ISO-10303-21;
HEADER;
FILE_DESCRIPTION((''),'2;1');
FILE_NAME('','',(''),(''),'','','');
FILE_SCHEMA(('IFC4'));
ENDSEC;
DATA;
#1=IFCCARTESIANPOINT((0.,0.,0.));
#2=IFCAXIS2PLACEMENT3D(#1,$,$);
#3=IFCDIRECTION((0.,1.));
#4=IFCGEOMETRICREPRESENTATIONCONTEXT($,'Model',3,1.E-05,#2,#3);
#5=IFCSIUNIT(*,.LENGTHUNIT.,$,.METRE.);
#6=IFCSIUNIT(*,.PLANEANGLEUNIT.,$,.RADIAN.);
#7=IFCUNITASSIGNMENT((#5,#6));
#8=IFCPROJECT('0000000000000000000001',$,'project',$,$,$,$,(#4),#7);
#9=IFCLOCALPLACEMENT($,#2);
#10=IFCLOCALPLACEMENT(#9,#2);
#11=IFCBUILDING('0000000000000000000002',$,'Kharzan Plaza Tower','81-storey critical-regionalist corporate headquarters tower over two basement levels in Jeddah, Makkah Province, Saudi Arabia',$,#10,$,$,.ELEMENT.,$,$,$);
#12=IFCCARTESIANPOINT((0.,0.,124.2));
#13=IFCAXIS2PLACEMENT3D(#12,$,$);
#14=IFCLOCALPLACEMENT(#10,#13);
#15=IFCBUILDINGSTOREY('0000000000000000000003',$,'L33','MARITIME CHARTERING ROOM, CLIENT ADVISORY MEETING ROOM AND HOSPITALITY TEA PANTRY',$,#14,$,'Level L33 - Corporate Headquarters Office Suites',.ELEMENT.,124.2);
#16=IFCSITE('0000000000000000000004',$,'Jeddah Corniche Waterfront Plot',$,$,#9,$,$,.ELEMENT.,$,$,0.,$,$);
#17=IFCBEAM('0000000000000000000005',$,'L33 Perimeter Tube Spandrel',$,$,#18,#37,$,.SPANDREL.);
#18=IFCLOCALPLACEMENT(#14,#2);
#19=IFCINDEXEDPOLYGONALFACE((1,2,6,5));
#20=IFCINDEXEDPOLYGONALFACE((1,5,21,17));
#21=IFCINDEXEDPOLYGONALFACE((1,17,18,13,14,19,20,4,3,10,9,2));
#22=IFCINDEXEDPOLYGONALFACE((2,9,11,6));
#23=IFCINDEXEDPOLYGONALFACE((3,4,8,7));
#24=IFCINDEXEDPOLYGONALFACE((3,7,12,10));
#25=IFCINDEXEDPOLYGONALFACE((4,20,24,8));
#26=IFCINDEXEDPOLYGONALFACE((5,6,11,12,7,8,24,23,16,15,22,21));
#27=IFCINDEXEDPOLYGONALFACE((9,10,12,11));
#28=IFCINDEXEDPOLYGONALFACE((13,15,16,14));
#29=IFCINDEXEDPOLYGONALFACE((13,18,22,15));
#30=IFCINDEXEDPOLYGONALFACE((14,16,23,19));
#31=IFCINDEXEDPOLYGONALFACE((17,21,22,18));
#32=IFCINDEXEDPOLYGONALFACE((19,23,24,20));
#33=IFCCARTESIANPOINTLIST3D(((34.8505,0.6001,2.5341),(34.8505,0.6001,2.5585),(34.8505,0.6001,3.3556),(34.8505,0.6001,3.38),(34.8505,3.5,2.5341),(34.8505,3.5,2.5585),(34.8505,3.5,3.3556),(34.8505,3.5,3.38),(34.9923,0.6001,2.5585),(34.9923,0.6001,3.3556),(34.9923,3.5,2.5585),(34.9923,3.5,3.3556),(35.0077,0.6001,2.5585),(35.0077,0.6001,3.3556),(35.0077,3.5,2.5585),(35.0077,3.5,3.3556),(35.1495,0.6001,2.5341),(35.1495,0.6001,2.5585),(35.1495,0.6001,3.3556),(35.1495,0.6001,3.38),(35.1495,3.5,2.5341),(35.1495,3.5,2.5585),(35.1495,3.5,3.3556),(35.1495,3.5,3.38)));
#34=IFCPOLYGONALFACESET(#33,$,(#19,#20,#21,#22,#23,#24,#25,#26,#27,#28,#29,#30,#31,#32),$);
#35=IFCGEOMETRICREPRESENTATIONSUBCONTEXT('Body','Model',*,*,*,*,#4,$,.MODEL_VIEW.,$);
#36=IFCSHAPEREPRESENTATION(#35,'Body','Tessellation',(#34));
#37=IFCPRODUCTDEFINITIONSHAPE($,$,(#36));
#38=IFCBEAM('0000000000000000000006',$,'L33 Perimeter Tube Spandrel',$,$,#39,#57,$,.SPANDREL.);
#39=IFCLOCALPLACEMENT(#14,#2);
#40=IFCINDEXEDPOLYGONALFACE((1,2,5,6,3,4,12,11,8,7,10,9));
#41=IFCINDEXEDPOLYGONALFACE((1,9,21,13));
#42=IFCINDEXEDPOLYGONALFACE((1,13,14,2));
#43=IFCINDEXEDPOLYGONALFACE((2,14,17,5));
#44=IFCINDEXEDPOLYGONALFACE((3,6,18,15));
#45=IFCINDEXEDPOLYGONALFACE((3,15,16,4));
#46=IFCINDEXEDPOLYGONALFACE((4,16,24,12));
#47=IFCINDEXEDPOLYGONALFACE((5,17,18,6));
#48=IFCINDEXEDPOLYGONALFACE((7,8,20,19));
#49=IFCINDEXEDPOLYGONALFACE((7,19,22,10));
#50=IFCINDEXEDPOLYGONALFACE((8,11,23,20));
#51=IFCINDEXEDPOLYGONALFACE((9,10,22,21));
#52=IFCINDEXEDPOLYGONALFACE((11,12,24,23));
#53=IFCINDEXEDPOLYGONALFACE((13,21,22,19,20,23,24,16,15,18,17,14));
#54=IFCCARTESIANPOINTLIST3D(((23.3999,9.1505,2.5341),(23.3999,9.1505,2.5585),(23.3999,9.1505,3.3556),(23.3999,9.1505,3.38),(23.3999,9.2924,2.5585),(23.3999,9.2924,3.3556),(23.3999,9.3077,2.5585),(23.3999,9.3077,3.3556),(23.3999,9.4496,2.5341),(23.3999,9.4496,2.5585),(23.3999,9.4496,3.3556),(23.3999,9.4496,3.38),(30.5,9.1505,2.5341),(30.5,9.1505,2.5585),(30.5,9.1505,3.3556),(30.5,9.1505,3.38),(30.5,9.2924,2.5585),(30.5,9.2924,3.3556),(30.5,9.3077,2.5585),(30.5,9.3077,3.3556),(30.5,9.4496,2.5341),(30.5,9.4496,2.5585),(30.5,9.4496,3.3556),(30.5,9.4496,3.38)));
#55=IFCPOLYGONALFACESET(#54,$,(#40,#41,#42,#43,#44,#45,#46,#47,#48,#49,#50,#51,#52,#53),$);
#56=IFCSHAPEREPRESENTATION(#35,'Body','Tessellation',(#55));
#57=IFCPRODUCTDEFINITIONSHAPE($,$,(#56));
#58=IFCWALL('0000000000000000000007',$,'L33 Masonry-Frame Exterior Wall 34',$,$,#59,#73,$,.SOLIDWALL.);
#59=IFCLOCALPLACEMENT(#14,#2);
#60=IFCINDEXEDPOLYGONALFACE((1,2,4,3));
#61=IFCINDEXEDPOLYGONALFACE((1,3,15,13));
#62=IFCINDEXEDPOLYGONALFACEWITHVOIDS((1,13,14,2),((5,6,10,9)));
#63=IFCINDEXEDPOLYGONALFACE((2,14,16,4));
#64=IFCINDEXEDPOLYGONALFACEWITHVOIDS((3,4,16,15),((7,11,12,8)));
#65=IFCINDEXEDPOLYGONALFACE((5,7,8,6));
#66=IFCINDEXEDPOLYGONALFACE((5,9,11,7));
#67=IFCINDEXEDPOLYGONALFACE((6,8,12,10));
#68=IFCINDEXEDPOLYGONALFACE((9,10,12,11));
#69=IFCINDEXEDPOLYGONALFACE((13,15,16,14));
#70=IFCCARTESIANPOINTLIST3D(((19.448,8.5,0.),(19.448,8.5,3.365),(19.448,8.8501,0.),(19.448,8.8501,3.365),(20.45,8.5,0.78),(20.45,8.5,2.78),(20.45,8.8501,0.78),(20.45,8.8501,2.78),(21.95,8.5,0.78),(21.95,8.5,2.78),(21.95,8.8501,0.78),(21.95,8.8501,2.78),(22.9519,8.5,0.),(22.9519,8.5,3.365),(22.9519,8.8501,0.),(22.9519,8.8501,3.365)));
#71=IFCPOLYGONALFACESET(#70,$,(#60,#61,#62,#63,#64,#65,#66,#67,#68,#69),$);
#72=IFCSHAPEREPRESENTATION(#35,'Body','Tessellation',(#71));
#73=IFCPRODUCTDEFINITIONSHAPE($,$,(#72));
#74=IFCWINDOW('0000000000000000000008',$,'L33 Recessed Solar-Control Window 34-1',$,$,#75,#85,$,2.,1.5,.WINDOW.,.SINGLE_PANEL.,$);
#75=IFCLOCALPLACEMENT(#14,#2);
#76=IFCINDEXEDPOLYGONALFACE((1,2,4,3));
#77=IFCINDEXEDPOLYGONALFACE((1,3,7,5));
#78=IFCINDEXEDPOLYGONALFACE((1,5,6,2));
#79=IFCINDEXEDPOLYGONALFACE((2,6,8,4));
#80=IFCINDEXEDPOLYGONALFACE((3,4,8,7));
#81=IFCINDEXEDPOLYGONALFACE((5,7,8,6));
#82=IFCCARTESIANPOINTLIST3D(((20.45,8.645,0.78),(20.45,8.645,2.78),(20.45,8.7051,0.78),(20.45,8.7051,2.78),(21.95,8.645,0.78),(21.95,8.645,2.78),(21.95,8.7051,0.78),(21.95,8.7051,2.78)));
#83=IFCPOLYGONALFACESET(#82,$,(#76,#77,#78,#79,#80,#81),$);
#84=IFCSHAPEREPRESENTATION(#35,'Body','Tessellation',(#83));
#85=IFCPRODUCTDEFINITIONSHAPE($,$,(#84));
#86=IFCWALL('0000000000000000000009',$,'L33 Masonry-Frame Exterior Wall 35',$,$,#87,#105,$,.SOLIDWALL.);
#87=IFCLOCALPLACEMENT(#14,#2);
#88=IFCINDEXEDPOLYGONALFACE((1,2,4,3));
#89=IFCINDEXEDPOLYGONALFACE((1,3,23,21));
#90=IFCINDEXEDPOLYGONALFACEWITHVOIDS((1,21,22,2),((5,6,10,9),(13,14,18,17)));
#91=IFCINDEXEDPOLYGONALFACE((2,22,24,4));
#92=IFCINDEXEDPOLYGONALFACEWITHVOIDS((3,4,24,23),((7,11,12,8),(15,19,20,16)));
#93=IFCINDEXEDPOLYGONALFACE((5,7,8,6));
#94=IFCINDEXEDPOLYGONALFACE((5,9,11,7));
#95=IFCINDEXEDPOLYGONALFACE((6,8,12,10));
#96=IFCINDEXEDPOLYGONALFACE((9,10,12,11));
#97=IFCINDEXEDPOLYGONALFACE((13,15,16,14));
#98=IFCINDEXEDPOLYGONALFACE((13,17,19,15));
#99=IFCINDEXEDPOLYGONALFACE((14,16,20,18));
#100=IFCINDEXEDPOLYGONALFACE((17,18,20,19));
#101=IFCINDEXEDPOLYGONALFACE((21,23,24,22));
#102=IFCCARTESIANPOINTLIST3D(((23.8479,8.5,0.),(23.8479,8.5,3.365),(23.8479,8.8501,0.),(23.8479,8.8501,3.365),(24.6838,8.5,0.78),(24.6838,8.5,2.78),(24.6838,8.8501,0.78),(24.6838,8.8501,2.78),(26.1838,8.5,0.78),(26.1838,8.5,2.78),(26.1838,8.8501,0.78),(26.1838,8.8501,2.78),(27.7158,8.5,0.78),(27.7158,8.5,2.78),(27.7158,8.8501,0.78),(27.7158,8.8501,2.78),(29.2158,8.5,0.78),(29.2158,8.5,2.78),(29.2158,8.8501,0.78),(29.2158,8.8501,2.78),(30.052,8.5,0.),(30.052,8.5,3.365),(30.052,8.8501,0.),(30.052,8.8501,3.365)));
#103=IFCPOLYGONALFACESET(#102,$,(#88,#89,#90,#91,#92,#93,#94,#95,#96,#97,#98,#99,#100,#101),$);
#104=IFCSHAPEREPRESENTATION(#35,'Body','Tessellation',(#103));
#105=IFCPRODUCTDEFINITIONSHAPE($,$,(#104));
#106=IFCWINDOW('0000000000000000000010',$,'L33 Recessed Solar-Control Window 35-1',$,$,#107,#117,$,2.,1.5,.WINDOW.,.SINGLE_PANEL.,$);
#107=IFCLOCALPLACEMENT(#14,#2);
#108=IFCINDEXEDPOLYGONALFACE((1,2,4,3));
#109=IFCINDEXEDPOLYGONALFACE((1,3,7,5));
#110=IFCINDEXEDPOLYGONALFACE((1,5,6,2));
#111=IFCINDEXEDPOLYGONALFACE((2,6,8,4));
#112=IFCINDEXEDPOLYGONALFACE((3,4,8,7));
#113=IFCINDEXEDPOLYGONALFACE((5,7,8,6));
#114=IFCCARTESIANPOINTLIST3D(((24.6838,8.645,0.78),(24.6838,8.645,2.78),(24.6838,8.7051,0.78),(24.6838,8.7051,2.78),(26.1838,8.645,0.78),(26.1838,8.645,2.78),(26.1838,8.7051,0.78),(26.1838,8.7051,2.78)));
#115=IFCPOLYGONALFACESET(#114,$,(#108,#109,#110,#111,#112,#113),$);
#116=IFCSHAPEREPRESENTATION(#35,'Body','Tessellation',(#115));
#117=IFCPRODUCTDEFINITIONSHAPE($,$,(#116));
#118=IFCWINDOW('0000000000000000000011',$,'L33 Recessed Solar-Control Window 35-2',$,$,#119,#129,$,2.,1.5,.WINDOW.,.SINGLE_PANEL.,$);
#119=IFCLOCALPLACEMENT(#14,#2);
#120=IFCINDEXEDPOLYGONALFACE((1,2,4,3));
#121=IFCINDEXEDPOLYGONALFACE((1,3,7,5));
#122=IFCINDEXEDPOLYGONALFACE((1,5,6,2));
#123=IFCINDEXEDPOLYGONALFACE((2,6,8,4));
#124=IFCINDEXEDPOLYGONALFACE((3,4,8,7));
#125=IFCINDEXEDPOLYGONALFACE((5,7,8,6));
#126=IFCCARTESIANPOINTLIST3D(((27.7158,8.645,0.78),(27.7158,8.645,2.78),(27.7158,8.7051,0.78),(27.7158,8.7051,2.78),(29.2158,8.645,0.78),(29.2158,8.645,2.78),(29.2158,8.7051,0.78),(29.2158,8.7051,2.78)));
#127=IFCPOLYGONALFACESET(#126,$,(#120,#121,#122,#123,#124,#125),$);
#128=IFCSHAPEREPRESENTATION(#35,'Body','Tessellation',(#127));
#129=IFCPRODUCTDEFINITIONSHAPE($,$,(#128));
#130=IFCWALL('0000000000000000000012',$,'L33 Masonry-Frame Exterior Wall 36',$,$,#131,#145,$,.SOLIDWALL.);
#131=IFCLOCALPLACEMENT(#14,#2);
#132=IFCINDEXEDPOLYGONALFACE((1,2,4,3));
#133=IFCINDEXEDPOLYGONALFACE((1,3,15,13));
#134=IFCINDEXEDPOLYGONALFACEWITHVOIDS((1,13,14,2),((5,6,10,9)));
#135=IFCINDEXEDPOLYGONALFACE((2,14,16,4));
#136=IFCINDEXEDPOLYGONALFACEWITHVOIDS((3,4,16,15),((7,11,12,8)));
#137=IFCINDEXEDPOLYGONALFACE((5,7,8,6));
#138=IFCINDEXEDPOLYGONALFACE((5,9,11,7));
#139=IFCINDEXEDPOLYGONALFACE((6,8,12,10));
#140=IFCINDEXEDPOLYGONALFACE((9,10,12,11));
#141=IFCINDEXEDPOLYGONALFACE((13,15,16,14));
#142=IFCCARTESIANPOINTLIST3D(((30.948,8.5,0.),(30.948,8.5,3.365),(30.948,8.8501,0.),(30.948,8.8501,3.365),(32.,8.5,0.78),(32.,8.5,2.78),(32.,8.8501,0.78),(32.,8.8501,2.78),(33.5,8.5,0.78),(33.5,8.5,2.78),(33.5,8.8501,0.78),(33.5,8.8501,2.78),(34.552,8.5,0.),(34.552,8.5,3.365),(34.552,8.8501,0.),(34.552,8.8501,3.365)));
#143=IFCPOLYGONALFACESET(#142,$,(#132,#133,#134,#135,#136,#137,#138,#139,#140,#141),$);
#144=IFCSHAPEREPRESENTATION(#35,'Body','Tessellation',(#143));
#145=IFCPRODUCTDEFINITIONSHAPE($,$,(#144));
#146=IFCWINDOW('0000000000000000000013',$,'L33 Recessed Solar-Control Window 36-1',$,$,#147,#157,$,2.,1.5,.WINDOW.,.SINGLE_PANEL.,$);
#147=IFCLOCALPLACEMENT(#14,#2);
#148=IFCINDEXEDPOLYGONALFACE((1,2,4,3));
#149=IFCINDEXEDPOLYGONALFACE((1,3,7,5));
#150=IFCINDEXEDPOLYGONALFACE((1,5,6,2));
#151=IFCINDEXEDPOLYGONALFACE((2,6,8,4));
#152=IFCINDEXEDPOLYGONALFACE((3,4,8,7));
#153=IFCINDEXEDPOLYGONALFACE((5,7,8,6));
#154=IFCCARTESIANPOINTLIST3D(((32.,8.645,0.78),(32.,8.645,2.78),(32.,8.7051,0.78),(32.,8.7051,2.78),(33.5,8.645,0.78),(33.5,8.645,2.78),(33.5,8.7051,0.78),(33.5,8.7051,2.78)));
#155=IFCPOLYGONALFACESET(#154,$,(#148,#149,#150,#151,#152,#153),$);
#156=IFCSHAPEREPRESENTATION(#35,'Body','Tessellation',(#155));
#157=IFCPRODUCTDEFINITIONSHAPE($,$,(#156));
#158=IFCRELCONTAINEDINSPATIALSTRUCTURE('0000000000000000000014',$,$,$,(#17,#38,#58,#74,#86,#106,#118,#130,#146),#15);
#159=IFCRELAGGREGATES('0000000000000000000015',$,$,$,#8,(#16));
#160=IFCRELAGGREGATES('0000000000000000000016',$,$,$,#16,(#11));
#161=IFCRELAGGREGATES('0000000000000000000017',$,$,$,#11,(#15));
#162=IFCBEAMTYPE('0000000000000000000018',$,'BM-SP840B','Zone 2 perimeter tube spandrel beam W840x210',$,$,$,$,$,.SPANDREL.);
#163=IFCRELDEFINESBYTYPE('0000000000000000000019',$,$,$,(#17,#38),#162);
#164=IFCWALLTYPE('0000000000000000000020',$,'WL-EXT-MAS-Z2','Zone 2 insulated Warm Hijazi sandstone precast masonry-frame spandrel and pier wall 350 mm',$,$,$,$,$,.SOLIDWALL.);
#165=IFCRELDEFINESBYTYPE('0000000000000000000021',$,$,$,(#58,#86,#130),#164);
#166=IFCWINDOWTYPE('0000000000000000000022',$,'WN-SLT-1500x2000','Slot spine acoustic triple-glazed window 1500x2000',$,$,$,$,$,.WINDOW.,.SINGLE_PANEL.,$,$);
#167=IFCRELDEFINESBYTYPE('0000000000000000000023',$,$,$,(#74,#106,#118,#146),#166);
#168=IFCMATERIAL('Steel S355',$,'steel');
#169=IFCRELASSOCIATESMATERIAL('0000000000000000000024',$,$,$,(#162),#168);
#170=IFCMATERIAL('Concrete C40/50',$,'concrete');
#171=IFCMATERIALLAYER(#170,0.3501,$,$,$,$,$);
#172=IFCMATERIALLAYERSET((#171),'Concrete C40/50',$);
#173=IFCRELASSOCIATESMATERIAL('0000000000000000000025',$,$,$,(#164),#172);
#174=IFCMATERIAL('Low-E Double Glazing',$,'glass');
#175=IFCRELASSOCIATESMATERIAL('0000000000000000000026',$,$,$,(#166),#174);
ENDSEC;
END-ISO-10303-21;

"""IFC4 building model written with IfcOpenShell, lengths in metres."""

from ifc_helpers import new_model, si_unit, direction, frame, frame_2d, origin, origin_2d, place, context, subcontext, project, spatial, rectangle, i_section, extrude, source, transform, mapped, material, layer, layer_set, material_profile, profile_set, type_object, element, fill, save


model = new_model("IFC4")

# Units and contexts
model_context = context("Model", 3, precision=1e-05, world=origin(), true_north=direction((0.0, 1.0)))
body_context = subcontext(model_context, "Body", "Model", "MODEL_VIEW")
ifc_project = project(units=[si_unit("LENGTHUNIT", "METRE"), si_unit("PLANEANGLEUNIT", "RADIAN")], contexts=[model_context])

# Site, building, storey
site_placement = place(None, origin())
site = spatial("IfcSite", under=ifc_project, at=site_placement, Name="Jeddah Corniche Waterfront Plot", CompositionType="ELEMENT", RefElevation=0.0)
building_placement = place(site_placement, origin())
building = spatial("IfcBuilding", under=site, at=building_placement, Name="Kharzan Plaza Tower", Description="81-storey critical-regionalist corporate headquarters tower over two basement levels in Jeddah, Makkah Province, Saudi Arabia", CompositionType="ELEMENT")
storey_placement = place(building_placement, frame((0.0, 0.0, 124.2)))
storey = spatial("IfcBuildingStorey", under=building, at=storey_placement, Name="L33", Description="MARITIME CHARTERING ROOM, CLIENT ADVISORY MEETING ROOM AND HOSPITALITY TEA PANTRY", LongName="Level L33 - Corporate Headquarters Office Suites", CompositionType="ELEMENT", Elevation=124.2)

# Beams
ifc_material_1 = material(Name="Steel S355", Category="steel")
ifc_material_profile_1 = material_profile(ifc_material_1, i_section(OverallWidth=0.2991, OverallDepth=0.8459, WebThickness=0.0154, FlangeThickness=0.0244, at=origin_2d()), Name="W840x210")
ifc_profile_set_1 = profile_set([ifc_material_profile_1], Name="Steel S355")
beam_type_1 = type_object("IfcBeamType", Name="BM-SP840B", Description="Zone 2 perimeter tube spandrel beam W840x210", PredefinedType="SPANDREL", material=ifc_profile_set_1)
shared_shape_1 = source(origin(), body_context, "Body", "SweptSolid", [
    extrude(i_section(OverallWidth=0.2991, OverallDepth=0.8459, WebThickness=0.0154, FlangeThickness=0.0244, at=origin_2d()), origin(), (0.0, 0.0, 1.0), 2.8999),
])
beam_1_placement = place(storey_placement, frame((35.0, 0.6001, 2.957), z_axis=(0.0, 1.0, 0.0), x_axis=(-1.0, 0.0, 0.0)))
element("IfcBeam", 1, at=beam_1_placement, inside=storey, type_object=beam_type_1, Name="L33 Perimeter Tube Spandrel", PredefinedType="SPANDREL", context=body_context, shape_type="MappedRepresentation", body=[
    mapped(shared_shape_1, transform((0.0, 0.0, 0.0), x_axis=(1.0, 0.0, 0.0), y_axis=(0.0, 1.0, 0.0), z_axis=(0.0, 0.0, 1.0))),
])
shared_shape_2 = source(origin(), body_context, "Body", "SweptSolid", [
    extrude(i_section(OverallWidth=0.2991, OverallDepth=0.8459, WebThickness=0.0154, FlangeThickness=0.0244, at=origin_2d()), origin(), (0.0, 0.0, 1.0), 7.1001),
])
beam_2_placement = place(storey_placement, frame((23.3999, 9.3, 2.957), z_axis=(1.0, 0.0, 0.0), x_axis=(0.0, 1.0, 0.0)))
element("IfcBeam", 2, at=beam_2_placement, inside=storey, type_object=beam_type_1, Name="L33 Perimeter Tube Spandrel", PredefinedType="SPANDREL", context=body_context, shape_type="MappedRepresentation", body=[
    mapped(shared_shape_2, transform((0.0, 0.0, 0.0), x_axis=(1.0, 0.0, 0.0), y_axis=(0.0, 1.0, 0.0), z_axis=(0.0, 0.0, 1.0))),
])

# Wall, opening, window
ifc_material_2 = material(Name="Concrete C40/50", Category="concrete")
ifc_layer_1 = layer(ifc_material_2, 0.3501)
ifc_layer_set_1 = layer_set([ifc_layer_1], Name="Concrete C40/50")
wall_type_1 = type_object("IfcWallType", Name="WL-EXT-MAS-Z2", Description="Zone 2 insulated Warm Hijazi sandstone precast masonry-frame spandrel and pier wall 350 mm", PredefinedType="SOLIDWALL", material=ifc_layer_set_1)
wall_1_placement = place(storey_placement, frame((19.448, 8.675, 0.0), z_axis=(0.0, 0.0, 1.0), x_axis=(1.0, 0.0, 0.0)))
wall_1 = element("IfcWall", 3, at=wall_1_placement, inside=storey, type_object=wall_type_1, Name="L33 Masonry-Frame Exterior Wall 34", PredefinedType="SOLIDWALL", context=body_context, shape_type="SweptSolid", body=[
    extrude(rectangle(XDim=3.5039, YDim=0.3501, at=frame_2d((1.752, 0.0))), origin(), (0.0, 0.0, 1.0), 3.365),
])
opening_1_placement = place(wall_1_placement, frame((1.002, 0.0, 0.78)))
opening_1 = element("IfcOpeningElement", 4, at=opening_1_placement, cuts=wall_1, PredefinedType="OPENING", context=body_context, shape_type="SweptSolid", body=[
    extrude(rectangle(XDim=1.5, YDim=2.0, at=frame_2d((0.75, 1.0))), frame((0.0, 0.1851, 0.0), z_axis=(0.0, -1.0, 0.0), x_axis=(1.0, 0.0, 0.0)), (0.0, 0.0, 1.0), 0.3701),
])
ifc_material_3 = material(Name="Low-E Double Glazing", Category="glass")
window_type = type_object("IfcWindowType", Name="WN-SLT-1500x2000", Description="Slot spine acoustic triple-glazed window 1500x2000", PartitioningType="SINGLE_PANEL", PredefinedType="WINDOW", material=ifc_material_3)
shared_shape_3 = source(origin(), body_context, "Body", "SweptSolid", [
    extrude(rectangle(XDim=1.5, YDim=2.0, at=frame_2d((0.75, 1.0))), frame((0.0, 0.03, 0.0), z_axis=(0.0, -1.0, 0.0), x_axis=(1.0, 0.0, 0.0)), (0.0, 0.0, 1.0), 0.0601),
])
window_1_placement = place(opening_1_placement, origin())
window_1 = element("IfcWindow", 5, at=window_1_placement, inside=storey, type_object=window_type, Name="L33 Recessed Solar-Control Window 34-1", OverallHeight=2.0, OverallWidth=1.5, PartitioningType="SINGLE_PANEL", PredefinedType="WINDOW", context=body_context, shape_type="MappedRepresentation", body=[
    mapped(shared_shape_3, transform((0.0, 0.0, 0.0), x_axis=(1.0, 0.0, 0.0), y_axis=(0.0, 1.0, 0.0), z_axis=(0.0, 0.0, 1.0))),
])
fill(opening_1, window_1)

# Wall, openings, windows
wall_2_placement = place(storey_placement, frame((23.8479, 8.675, 0.0), z_axis=(0.0, 0.0, 1.0), x_axis=(1.0, 0.0, 0.0)))
wall_2 = element("IfcWall", 6, at=wall_2_placement, inside=storey, type_object=wall_type_1, Name="L33 Masonry-Frame Exterior Wall 35", PredefinedType="SOLIDWALL", context=body_context, shape_type="SweptSolid", body=[
    extrude(rectangle(XDim=6.2041, YDim=0.3501, at=frame_2d((3.1021, 0.0))), origin(), (0.0, 0.0, 1.0), 3.365),
])
opening_2_placement = place(wall_2_placement, frame((0.8359, 0.0, 0.78)))
opening_2 = element("IfcOpeningElement", 7, at=opening_2_placement, cuts=wall_2, PredefinedType="OPENING", context=body_context, shape_type="SweptSolid", body=[
    extrude(rectangle(XDim=1.5, YDim=2.0, at=frame_2d((0.75, 1.0))), frame((0.0, 0.1851, 0.0), z_axis=(0.0, -1.0, 0.0), x_axis=(1.0, 0.0, 0.0)), (0.0, 0.0, 1.0), 0.3701),
])
opening_3_placement = place(wall_2_placement, frame((3.8679, 0.0, 0.78)))
opening_3 = element("IfcOpeningElement", 8, at=opening_3_placement, cuts=wall_2, PredefinedType="OPENING", context=body_context, shape_type="SweptSolid", body=[
    extrude(rectangle(XDim=1.5, YDim=2.0, at=frame_2d((0.75, 1.0))), frame((0.0, 0.1851, 0.0), z_axis=(0.0, -1.0, 0.0), x_axis=(1.0, 0.0, 0.0)), (0.0, 0.0, 1.0), 0.3701),
])
window_2_placement = place(opening_2_placement, origin())
window_2 = element("IfcWindow", 9, at=window_2_placement, inside=storey, type_object=window_type, Name="L33 Recessed Solar-Control Window 35-1", OverallHeight=2.0, OverallWidth=1.5, PartitioningType="SINGLE_PANEL", PredefinedType="WINDOW", context=body_context, shape_type="MappedRepresentation", body=[
    mapped(shared_shape_3, transform((0.0, 0.0, 0.0), x_axis=(1.0, 0.0, 0.0), y_axis=(0.0, 1.0, 0.0), z_axis=(0.0, 0.0, 1.0))),
])
fill(opening_2, window_2)
window_3_placement = place(opening_3_placement, origin())
window_3 = element("IfcWindow", 10, at=window_3_placement, inside=storey, type_object=window_type, Name="L33 Recessed Solar-Control Window 35-2", OverallHeight=2.0, OverallWidth=1.5, PartitioningType="SINGLE_PANEL", PredefinedType="WINDOW", context=body_context, shape_type="MappedRepresentation", body=[
    mapped(shared_shape_3, transform((0.0, 0.0, 0.0), x_axis=(1.0, 0.0, 0.0), y_axis=(0.0, 1.0, 0.0), z_axis=(0.0, 0.0, 1.0))),
])
fill(opening_3, window_3)

# Wall, opening, window
wall_3_placement = place(storey_placement, frame((30.948, 8.675, 0.0), z_axis=(0.0, 0.0, 1.0), x_axis=(1.0, 0.0, 0.0)))
wall_3 = element("IfcWall", 11, at=wall_3_placement, inside=storey, type_object=wall_type_1, Name="L33 Masonry-Frame Exterior Wall 36", PredefinedType="SOLIDWALL", context=body_context, shape_type="SweptSolid", body=[
    extrude(rectangle(XDim=3.604, YDim=0.3501, at=frame_2d((1.802, 0.0))), origin(), (0.0, 0.0, 1.0), 3.365),
])
opening_4_placement = place(wall_3_placement, frame((1.052, 0.0, 0.78)))
opening_4 = element("IfcOpeningElement", 12, at=opening_4_placement, cuts=wall_3, PredefinedType="OPENING", context=body_context, shape_type="SweptSolid", body=[
    extrude(rectangle(XDim=1.5, YDim=2.0, at=frame_2d((0.75, 1.0))), frame((0.0, 0.1851, 0.0), z_axis=(0.0, -1.0, 0.0), x_axis=(1.0, 0.0, 0.0)), (0.0, 0.0, 1.0), 0.3701),
])
window_4_placement = place(opening_4_placement, origin())
window_4 = element("IfcWindow", 13, at=window_4_placement, inside=storey, type_object=window_type, Name="L33 Recessed Solar-Control Window 36-1", OverallHeight=2.0, OverallWidth=1.5, PartitioningType="SINGLE_PANEL", PredefinedType="WINDOW", context=body_context, shape_type="MappedRepresentation", body=[
    mapped(shared_shape_3, transform((0.0, 0.0, 0.0), x_axis=(1.0, 0.0, 0.0), y_axis=(0.0, 1.0, 0.0), z_axis=(0.0, 0.0, 1.0))),
])
fill(opening_4, window_4)

save(model, "model.ifc")
